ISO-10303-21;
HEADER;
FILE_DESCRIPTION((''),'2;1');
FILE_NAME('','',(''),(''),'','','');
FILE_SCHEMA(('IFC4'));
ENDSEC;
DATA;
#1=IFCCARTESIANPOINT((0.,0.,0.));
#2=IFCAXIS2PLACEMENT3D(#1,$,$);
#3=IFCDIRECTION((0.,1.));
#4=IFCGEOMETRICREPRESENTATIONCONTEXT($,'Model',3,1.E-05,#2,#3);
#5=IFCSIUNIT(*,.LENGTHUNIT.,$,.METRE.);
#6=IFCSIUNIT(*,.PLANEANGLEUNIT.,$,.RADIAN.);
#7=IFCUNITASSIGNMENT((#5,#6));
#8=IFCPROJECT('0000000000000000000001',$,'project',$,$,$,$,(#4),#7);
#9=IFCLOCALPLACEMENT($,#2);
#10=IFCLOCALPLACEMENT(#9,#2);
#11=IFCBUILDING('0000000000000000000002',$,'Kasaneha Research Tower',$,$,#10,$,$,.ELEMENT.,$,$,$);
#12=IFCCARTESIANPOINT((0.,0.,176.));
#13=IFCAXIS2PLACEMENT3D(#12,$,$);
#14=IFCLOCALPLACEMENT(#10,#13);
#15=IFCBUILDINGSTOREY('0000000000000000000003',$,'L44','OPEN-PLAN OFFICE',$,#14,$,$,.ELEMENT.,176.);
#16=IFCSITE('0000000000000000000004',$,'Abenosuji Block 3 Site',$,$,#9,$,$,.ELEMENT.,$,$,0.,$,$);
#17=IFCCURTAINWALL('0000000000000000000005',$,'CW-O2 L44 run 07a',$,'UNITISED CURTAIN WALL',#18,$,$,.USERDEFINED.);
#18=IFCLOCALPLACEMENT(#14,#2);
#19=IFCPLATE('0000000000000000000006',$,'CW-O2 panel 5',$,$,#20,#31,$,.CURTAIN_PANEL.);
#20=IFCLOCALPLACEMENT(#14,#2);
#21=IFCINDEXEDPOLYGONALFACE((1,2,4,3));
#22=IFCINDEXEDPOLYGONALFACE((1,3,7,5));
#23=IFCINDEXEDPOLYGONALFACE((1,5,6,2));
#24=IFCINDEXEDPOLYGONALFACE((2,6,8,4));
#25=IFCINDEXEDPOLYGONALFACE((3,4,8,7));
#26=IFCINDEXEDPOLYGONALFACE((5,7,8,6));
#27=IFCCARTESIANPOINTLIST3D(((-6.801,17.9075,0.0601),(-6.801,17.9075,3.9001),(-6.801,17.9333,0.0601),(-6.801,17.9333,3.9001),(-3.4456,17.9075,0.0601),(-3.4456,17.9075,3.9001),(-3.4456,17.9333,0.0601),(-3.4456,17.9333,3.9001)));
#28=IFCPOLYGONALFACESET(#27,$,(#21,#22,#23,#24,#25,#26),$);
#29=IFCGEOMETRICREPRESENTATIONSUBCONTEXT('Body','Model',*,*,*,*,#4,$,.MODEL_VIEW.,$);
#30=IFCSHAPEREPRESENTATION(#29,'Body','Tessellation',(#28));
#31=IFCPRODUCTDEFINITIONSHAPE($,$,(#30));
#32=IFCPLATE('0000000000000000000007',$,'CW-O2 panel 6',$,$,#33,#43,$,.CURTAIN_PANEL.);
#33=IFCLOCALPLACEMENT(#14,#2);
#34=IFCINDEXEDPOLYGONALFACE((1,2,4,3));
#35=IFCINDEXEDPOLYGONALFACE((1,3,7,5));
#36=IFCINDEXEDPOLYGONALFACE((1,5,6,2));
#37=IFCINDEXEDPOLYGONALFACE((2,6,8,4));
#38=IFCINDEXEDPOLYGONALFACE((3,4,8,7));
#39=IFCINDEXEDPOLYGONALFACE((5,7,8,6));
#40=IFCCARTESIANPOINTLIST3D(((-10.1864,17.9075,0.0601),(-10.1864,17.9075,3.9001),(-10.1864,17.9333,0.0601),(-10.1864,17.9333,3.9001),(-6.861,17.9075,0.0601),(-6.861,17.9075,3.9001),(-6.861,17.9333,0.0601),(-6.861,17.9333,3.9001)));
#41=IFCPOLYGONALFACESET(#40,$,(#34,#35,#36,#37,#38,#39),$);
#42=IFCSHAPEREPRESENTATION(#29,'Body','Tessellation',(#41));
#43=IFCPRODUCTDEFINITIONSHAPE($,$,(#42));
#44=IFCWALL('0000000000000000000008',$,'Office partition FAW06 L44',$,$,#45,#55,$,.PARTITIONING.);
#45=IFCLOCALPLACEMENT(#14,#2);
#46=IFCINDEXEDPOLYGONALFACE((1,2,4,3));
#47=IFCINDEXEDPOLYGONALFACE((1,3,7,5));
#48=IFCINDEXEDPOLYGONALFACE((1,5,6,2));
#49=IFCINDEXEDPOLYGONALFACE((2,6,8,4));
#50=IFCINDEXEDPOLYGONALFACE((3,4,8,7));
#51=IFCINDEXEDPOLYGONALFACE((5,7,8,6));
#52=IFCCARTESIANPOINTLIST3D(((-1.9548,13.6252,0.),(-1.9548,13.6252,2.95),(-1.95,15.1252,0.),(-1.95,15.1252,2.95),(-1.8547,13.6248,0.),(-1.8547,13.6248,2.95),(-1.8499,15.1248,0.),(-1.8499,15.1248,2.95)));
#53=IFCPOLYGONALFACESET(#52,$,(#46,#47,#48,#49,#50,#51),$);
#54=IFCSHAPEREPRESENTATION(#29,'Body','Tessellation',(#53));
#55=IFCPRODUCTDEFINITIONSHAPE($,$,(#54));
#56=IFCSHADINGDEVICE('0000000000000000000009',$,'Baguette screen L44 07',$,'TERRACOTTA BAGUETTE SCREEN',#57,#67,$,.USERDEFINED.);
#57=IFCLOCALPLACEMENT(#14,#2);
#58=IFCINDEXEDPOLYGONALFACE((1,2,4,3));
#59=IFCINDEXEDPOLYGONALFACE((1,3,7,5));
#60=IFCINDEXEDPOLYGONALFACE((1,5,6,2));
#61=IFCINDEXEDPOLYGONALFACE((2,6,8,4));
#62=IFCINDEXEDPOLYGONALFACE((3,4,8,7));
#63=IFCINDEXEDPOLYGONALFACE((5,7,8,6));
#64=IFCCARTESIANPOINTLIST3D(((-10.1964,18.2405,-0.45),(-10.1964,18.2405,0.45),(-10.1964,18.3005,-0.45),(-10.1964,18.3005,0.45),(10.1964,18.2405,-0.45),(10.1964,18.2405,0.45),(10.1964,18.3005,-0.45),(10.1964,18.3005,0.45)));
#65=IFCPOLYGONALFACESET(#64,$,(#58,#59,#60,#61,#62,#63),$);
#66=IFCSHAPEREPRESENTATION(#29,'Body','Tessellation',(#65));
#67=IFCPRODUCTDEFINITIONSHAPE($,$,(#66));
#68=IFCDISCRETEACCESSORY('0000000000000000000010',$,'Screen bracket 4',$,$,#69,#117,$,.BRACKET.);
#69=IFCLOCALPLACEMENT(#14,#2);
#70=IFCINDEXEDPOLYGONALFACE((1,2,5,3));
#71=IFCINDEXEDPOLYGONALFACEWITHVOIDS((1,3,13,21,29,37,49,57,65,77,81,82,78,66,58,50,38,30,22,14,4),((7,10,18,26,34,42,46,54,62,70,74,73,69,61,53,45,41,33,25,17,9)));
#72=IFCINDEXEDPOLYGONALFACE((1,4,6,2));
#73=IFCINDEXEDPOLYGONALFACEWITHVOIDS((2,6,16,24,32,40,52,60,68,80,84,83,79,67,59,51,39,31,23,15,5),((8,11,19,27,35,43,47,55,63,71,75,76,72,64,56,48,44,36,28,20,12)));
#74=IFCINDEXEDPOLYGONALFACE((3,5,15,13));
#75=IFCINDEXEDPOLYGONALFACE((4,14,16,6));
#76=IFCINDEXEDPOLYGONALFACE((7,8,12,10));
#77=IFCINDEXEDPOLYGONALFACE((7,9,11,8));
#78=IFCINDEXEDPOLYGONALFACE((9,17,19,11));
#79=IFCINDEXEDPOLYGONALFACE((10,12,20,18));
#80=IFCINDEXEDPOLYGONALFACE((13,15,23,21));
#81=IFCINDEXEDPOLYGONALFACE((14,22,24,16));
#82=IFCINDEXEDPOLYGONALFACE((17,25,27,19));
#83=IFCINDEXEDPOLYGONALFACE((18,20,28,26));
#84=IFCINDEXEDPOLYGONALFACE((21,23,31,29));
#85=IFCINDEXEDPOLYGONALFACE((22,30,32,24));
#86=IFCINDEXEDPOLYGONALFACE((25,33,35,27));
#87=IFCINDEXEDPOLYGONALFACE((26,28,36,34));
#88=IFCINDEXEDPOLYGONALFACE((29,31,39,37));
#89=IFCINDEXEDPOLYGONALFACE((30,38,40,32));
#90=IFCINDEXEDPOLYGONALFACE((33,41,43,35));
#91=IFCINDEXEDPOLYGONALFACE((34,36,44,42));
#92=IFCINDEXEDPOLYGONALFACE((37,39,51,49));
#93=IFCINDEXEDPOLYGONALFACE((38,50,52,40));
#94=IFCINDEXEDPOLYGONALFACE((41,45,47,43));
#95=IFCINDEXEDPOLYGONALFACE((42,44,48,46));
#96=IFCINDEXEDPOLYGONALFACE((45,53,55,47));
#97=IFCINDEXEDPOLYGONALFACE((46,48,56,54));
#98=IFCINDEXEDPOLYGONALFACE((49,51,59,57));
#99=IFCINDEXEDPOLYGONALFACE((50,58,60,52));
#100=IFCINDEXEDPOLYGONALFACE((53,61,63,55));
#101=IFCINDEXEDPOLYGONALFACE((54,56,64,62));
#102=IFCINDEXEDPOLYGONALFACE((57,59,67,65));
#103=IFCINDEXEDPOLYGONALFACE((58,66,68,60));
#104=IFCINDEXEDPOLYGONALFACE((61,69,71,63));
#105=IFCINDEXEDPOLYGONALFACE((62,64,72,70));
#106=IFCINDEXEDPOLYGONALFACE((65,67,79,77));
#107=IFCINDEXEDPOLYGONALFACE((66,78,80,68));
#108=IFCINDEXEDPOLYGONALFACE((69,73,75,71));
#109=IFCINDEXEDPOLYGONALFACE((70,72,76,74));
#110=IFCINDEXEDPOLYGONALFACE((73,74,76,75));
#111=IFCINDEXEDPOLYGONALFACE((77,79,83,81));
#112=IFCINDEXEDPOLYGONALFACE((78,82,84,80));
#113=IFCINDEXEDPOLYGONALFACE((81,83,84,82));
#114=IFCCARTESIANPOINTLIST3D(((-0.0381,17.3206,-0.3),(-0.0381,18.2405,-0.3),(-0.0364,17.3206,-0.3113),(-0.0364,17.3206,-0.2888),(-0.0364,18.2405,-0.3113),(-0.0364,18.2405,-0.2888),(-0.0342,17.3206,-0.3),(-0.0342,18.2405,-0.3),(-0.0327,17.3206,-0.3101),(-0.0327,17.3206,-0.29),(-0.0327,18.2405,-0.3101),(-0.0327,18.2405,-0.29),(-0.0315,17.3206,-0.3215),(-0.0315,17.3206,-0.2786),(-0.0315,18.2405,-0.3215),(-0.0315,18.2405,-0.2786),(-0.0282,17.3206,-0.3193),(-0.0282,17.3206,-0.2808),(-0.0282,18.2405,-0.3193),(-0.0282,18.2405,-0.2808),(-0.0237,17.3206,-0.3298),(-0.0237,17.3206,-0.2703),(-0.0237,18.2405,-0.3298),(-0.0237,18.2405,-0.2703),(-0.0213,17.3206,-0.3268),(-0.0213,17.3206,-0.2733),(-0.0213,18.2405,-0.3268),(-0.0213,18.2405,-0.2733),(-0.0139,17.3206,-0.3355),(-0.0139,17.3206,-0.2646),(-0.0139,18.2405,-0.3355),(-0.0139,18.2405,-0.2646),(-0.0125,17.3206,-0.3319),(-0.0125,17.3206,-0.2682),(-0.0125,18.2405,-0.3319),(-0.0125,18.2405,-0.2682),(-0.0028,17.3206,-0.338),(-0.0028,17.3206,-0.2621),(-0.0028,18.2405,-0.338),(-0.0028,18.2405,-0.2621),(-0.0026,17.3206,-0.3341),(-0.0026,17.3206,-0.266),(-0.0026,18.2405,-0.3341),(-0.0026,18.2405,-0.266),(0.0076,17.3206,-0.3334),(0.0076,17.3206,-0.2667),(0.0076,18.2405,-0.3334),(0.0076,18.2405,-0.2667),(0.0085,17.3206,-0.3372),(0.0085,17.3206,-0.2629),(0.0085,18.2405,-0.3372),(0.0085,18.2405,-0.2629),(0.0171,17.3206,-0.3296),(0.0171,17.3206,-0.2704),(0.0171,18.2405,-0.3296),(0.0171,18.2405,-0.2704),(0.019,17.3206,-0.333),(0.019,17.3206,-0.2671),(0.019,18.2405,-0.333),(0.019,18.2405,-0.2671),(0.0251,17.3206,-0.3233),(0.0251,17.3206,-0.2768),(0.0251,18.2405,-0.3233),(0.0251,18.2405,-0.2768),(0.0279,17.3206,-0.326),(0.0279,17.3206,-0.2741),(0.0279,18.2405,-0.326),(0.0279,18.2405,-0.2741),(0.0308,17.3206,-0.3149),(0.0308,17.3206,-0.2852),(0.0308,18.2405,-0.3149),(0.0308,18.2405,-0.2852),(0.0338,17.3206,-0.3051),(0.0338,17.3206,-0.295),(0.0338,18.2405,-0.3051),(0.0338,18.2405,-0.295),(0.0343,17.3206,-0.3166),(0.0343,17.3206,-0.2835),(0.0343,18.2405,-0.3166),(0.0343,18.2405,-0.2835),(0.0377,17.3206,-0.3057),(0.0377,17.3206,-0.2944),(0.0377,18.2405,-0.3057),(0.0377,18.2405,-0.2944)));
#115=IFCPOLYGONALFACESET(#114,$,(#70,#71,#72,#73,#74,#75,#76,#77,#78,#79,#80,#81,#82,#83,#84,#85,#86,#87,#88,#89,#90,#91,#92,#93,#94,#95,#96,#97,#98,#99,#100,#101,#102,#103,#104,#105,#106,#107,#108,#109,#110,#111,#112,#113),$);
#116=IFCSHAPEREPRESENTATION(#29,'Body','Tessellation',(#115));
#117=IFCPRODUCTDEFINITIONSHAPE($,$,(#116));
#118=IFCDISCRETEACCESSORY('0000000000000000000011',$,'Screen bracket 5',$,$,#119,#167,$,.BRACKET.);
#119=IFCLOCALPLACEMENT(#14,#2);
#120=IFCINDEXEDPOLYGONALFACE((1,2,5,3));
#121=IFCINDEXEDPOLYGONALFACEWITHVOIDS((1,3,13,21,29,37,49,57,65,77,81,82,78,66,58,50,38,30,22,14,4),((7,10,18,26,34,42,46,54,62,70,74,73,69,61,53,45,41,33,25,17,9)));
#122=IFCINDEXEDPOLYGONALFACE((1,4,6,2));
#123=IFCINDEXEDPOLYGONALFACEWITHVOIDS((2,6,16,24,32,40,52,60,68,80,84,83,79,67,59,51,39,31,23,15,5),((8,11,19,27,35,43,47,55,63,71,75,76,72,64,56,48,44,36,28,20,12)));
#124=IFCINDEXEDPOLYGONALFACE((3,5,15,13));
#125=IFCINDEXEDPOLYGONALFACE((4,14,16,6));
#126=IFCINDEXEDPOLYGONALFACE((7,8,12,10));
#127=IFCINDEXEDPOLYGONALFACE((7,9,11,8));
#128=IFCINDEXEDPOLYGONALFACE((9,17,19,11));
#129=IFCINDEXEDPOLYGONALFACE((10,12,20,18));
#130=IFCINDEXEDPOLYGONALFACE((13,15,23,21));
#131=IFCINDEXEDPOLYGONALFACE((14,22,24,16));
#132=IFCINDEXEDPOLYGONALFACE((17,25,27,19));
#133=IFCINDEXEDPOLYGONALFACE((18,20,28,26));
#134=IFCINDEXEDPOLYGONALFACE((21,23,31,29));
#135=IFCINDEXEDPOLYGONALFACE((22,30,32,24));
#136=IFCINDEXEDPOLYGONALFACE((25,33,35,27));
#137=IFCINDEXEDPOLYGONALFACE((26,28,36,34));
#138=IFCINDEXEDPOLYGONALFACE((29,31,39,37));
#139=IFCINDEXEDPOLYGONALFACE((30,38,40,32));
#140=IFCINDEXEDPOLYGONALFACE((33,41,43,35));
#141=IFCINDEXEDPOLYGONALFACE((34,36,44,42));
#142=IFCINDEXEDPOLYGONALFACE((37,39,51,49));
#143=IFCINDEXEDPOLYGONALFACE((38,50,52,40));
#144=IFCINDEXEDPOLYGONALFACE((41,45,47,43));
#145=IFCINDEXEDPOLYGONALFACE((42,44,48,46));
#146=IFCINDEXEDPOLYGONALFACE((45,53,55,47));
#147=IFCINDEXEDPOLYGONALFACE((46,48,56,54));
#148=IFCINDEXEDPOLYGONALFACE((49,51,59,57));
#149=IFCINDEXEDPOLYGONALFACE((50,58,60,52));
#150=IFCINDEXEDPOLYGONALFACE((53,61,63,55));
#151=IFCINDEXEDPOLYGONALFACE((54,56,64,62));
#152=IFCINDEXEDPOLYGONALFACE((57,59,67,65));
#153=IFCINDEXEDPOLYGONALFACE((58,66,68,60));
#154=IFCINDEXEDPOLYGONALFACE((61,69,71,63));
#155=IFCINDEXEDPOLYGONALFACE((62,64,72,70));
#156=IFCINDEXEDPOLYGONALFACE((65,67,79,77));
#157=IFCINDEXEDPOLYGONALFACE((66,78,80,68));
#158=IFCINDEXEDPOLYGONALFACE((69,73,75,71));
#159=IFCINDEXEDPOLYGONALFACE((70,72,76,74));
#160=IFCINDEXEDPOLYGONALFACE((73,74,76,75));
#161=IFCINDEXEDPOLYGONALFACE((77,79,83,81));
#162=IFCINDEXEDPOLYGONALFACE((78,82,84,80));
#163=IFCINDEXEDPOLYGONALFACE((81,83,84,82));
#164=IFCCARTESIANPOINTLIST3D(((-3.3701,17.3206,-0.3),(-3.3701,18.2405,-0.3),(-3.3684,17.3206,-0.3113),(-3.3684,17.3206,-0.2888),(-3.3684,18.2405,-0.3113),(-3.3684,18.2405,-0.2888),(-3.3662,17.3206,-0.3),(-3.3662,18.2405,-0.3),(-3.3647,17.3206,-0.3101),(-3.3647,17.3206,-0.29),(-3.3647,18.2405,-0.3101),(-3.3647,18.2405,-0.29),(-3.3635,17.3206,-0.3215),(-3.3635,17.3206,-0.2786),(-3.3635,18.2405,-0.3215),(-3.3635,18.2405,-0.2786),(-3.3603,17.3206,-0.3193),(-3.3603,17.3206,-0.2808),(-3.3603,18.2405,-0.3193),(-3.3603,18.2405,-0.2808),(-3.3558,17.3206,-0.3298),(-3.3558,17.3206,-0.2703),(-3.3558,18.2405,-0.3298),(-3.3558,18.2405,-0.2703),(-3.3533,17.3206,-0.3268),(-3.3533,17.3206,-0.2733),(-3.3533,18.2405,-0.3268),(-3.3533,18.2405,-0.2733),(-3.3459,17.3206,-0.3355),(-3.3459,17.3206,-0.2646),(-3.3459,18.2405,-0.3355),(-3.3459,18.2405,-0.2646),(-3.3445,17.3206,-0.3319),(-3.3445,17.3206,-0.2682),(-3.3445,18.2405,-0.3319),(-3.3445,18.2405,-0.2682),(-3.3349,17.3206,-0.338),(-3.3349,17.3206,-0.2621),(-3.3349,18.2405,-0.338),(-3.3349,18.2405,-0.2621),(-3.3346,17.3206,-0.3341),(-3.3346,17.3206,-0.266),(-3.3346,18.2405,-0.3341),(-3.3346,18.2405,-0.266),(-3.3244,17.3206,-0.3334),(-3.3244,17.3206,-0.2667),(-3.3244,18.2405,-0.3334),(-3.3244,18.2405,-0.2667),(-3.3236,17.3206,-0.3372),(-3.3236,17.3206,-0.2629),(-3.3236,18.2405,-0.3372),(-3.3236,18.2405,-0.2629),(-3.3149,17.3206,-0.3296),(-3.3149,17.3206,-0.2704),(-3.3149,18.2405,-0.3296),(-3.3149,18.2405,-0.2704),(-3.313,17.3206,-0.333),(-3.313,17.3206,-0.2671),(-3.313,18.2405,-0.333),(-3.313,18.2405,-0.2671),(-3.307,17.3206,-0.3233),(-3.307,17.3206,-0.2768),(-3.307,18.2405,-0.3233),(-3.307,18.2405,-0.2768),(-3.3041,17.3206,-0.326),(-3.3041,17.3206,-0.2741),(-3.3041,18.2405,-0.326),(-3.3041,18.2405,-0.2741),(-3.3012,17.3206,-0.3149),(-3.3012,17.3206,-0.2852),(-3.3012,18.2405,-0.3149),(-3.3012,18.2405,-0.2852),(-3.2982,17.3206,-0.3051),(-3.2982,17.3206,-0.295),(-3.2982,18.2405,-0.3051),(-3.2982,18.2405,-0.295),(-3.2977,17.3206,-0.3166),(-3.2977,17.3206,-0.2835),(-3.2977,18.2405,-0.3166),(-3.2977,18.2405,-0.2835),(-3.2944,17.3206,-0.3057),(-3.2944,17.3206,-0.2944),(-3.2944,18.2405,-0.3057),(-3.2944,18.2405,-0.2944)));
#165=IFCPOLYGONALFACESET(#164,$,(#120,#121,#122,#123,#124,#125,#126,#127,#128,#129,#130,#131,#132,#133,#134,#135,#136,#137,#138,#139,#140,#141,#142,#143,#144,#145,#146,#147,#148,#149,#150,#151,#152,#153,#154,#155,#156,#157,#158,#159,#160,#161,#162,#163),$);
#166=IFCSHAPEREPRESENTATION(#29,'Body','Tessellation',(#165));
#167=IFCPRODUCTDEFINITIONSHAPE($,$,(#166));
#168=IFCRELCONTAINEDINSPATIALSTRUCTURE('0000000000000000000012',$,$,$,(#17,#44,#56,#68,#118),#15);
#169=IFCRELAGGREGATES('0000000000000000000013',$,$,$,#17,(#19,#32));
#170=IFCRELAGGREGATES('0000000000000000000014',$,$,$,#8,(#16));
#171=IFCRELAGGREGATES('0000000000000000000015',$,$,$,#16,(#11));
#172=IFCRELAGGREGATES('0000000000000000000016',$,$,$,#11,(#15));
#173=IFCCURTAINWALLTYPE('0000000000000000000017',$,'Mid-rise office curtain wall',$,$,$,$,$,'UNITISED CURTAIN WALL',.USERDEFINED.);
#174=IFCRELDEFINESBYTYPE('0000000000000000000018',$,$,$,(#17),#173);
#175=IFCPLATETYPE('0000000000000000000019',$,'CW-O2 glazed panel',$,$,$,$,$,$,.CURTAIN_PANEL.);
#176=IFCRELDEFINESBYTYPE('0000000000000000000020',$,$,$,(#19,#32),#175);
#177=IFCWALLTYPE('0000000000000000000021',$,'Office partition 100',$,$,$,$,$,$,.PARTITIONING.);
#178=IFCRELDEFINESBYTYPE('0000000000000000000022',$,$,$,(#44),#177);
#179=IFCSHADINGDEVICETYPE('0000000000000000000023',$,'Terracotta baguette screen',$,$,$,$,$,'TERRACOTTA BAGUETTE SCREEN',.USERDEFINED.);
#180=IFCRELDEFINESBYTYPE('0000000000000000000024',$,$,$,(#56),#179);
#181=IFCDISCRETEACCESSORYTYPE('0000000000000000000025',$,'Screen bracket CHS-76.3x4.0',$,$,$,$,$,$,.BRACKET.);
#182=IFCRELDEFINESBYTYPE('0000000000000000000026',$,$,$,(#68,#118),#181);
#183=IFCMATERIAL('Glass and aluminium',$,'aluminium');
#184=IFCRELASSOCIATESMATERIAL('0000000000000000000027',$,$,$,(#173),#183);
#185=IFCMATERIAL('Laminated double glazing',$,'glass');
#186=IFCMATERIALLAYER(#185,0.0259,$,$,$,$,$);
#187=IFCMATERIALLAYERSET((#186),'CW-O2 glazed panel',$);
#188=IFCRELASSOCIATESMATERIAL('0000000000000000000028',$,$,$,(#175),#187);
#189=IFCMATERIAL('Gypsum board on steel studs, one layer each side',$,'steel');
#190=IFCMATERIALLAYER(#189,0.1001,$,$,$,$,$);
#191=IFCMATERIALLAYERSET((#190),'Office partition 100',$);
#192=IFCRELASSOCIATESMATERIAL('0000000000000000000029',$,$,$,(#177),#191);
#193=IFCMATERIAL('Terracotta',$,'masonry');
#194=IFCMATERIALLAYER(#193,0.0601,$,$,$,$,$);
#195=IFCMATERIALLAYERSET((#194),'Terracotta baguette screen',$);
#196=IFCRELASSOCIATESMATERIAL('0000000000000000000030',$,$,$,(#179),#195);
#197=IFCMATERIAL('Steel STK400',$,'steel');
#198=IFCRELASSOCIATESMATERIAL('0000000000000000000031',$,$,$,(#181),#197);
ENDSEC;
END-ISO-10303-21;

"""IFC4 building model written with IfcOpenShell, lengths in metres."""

from ifc_helpers import new_model, si_unit, direction, frame, frame_2d, origin, origin_2d, place, context, subcontext, project, spatial, rectangle, hollow_circle, extrude, material, layer, layer_set, material_profile, profile_set, type_object, element, aggregate, save


model = new_model("IFC4")

# Units and contexts
model_context = context("Model", 3, precision=1e-05, world=origin(), true_north=direction((0.0, 1.0)))
body_context = subcontext(model_context, "Body", "Model", "MODEL_VIEW")
ifc_project = project(units=[si_unit("LENGTHUNIT", "METRE"), si_unit("PLANEANGLEUNIT", "RADIAN")], contexts=[model_context])

# Site, building, storey
site_placement = place(None, origin())
site = spatial("IfcSite", under=ifc_project, at=site_placement, Name="Abenosuji Block 3 Site", CompositionType="ELEMENT", RefElevation=0.0)
building_placement = place(site_placement, origin())
building = spatial("IfcBuilding", under=site, at=building_placement, Name="Kasaneha Research Tower", CompositionType="ELEMENT")
storey_placement = place(building_placement, frame((0.0, 0.0, 176.0)))
storey = spatial("IfcBuildingStorey", under=building, at=storey_placement, Name="L44", Description="OPEN-PLAN OFFICE", CompositionType="ELEMENT", Elevation=176.0)

# Curtain wall, plates
ifc_material_1 = material(Name="Glass and aluminium", Category="aluminium")
curtain_wall_type = type_object("IfcCurtainWallType", Name="Mid-rise office curtain wall", ElementType="UNITISED CURTAIN WALL", PredefinedType="USERDEFINED", material=ifc_material_1)
curtain_wall_placement = place(storey_placement, origin())
curtain_wall = element("IfcCurtainWall", 1, at=curtain_wall_placement, inside=storey, type_object=curtain_wall_type, Name="CW-O2 L44 run 07a", ObjectType="UNITISED CURTAIN WALL", PredefinedType="USERDEFINED")
ifc_material_2 = material(Name="Laminated double glazing", Category="glass")
ifc_layer_1 = layer(ifc_material_2, 0.0259)
ifc_layer_set_1 = layer_set([ifc_layer_1], Name="CW-O2 glazed panel")
plate_type = type_object("IfcPlateType", Name="CW-O2 glazed panel", PredefinedType="CURTAIN_PANEL", material=ifc_layer_set_1)
plate_1_placement = place(storey_placement, frame((-5.1233, 17.9204, 0.0601), z_axis=(0.0, 0.0, 1.0), x_axis=(-1.0, 0.0, 0.0)))
plate_1 = element("IfcPlate", 2, at=plate_1_placement, type_object=plate_type, Name="CW-O2 panel 5", PredefinedType="CURTAIN_PANEL", context=body_context, shape_type="SweptSolid", body=[
    extrude(rectangle(XDim=3.3555, YDim=0.0259, at=origin_2d()), origin(), (0.0, 0.0, 1.0), 3.8401),
])
plate_2_placement = place(storey_placement, frame((-8.5237, 17.9204, 0.0601), z_axis=(0.0, 0.0, 1.0), x_axis=(-1.0, 0.0, 0.0)))
plate_2 = element("IfcPlate", 3, at=plate_2_placement, type_object=plate_type, Name="CW-O2 panel 6", PredefinedType="CURTAIN_PANEL", context=body_context, shape_type="SweptSolid", body=[
    extrude(rectangle(XDim=3.3254, YDim=0.0259, at=origin_2d()), origin(), (0.0, 0.0, 1.0), 3.8401),
])
aggregate(curtain_wall, [plate_1, plate_2])

# Wall
ifc_material_3 = material(Name="Gypsum board on steel studs, one layer each side", Category="steel")
ifc_layer_2 = layer(ifc_material_3, 0.1001)
ifc_layer_set_2 = layer_set([ifc_layer_2], Name="Office partition 100")
wall_type = type_object("IfcWallType", Name="Office partition 100", PredefinedType="PARTITIONING", material=ifc_layer_set_2)
wall_placement = place(storey_placement, frame((-1.8999, 15.125, 0.0), z_axis=(0.0, 0.0, 1.0), x_axis=(-0.003255, -0.999995, 0.0)))
element("IfcWall", 4, at=wall_placement, inside=storey, type_object=wall_type, Name="Office partition FAW06 L44", PredefinedType="PARTITIONING", context=body_context, shape_type="SweptSolid", body=[
    extrude(rectangle(XDim=1.5, YDim=0.1001, at=frame_2d((0.75, 0.0))), origin(), (0.0, 0.0, 1.0), 2.95),
])

# Shading device
ifc_material_4 = material(Name="Terracotta", Category="masonry")
ifc_layer_3 = layer(ifc_material_4, 0.0601)
ifc_layer_set_3 = layer_set([ifc_layer_3], Name="Terracotta baguette screen")
shading_device_type = type_object("IfcShadingDeviceType", Name="Terracotta baguette screen", ElementType="TERRACOTTA BAGUETTE SCREEN", PredefinedType="USERDEFINED", material=ifc_layer_set_3)
shading_device_placement = place(storey_placement, frame((0.0, 18.2705, -0.45), z_axis=(0.0, 0.0, 1.0), x_axis=(-1.0, 0.0, 0.0)))
element("IfcShadingDevice", 5, at=shading_device_placement, inside=storey, type_object=shading_device_type, Name="Baguette screen L44 07", ObjectType="TERRACOTTA BAGUETTE SCREEN", PredefinedType="USERDEFINED", context=body_context, shape_type="SweptSolid", body=[
    extrude(rectangle(XDim=20.3928, YDim=0.0601, at=origin_2d()), origin(), (0.0, 0.0, 1.0), 0.8999),
])

# Discrete accessories
ifc_material_5 = material(Name="Steel STK400", Category="steel")
ifc_material_profile_1 = material_profile(ifc_material_5, hollow_circle(Radius=0.0381, WallThickness=0.0039, at=origin_2d()), Name="CHS-76.3x4.0")
ifc_profile_set_1 = profile_set([ifc_material_profile_1], Name="Steel STK400")
discrete_accessory_type = type_object("IfcDiscreteAccessoryType", Name="Screen bracket CHS-76.3x4.0", PredefinedType="BRACKET", material=ifc_profile_set_1)
for number, where, z_axis, x_axis, name in (
    (6, (0.0, 17.3206, -0.3), (0.0, 1.0, 0.0), (-1.0, 0.0, 0.0), "Screen bracket 4"),
    (7, (-3.332, 17.3206, -0.3), (0.0, 1.0, 0.0), (-1.0, 0.0, 0.0), "Screen bracket 5"),
):
    element("IfcDiscreteAccessory", number, at=place(storey_placement, frame(where, z_axis=z_axis, x_axis=x_axis)), inside=storey, type_object=discrete_accessory_type, Name=name, PredefinedType="BRACKET", context=body_context, shape_type="SweptSolid", body=[
        extrude(hollow_circle(Radius=0.0381, WallThickness=0.0039, at=origin_2d()), origin(), (0.0, 0.0, 1.0), 0.9199),
    ])

save(model, "model.ifc")
